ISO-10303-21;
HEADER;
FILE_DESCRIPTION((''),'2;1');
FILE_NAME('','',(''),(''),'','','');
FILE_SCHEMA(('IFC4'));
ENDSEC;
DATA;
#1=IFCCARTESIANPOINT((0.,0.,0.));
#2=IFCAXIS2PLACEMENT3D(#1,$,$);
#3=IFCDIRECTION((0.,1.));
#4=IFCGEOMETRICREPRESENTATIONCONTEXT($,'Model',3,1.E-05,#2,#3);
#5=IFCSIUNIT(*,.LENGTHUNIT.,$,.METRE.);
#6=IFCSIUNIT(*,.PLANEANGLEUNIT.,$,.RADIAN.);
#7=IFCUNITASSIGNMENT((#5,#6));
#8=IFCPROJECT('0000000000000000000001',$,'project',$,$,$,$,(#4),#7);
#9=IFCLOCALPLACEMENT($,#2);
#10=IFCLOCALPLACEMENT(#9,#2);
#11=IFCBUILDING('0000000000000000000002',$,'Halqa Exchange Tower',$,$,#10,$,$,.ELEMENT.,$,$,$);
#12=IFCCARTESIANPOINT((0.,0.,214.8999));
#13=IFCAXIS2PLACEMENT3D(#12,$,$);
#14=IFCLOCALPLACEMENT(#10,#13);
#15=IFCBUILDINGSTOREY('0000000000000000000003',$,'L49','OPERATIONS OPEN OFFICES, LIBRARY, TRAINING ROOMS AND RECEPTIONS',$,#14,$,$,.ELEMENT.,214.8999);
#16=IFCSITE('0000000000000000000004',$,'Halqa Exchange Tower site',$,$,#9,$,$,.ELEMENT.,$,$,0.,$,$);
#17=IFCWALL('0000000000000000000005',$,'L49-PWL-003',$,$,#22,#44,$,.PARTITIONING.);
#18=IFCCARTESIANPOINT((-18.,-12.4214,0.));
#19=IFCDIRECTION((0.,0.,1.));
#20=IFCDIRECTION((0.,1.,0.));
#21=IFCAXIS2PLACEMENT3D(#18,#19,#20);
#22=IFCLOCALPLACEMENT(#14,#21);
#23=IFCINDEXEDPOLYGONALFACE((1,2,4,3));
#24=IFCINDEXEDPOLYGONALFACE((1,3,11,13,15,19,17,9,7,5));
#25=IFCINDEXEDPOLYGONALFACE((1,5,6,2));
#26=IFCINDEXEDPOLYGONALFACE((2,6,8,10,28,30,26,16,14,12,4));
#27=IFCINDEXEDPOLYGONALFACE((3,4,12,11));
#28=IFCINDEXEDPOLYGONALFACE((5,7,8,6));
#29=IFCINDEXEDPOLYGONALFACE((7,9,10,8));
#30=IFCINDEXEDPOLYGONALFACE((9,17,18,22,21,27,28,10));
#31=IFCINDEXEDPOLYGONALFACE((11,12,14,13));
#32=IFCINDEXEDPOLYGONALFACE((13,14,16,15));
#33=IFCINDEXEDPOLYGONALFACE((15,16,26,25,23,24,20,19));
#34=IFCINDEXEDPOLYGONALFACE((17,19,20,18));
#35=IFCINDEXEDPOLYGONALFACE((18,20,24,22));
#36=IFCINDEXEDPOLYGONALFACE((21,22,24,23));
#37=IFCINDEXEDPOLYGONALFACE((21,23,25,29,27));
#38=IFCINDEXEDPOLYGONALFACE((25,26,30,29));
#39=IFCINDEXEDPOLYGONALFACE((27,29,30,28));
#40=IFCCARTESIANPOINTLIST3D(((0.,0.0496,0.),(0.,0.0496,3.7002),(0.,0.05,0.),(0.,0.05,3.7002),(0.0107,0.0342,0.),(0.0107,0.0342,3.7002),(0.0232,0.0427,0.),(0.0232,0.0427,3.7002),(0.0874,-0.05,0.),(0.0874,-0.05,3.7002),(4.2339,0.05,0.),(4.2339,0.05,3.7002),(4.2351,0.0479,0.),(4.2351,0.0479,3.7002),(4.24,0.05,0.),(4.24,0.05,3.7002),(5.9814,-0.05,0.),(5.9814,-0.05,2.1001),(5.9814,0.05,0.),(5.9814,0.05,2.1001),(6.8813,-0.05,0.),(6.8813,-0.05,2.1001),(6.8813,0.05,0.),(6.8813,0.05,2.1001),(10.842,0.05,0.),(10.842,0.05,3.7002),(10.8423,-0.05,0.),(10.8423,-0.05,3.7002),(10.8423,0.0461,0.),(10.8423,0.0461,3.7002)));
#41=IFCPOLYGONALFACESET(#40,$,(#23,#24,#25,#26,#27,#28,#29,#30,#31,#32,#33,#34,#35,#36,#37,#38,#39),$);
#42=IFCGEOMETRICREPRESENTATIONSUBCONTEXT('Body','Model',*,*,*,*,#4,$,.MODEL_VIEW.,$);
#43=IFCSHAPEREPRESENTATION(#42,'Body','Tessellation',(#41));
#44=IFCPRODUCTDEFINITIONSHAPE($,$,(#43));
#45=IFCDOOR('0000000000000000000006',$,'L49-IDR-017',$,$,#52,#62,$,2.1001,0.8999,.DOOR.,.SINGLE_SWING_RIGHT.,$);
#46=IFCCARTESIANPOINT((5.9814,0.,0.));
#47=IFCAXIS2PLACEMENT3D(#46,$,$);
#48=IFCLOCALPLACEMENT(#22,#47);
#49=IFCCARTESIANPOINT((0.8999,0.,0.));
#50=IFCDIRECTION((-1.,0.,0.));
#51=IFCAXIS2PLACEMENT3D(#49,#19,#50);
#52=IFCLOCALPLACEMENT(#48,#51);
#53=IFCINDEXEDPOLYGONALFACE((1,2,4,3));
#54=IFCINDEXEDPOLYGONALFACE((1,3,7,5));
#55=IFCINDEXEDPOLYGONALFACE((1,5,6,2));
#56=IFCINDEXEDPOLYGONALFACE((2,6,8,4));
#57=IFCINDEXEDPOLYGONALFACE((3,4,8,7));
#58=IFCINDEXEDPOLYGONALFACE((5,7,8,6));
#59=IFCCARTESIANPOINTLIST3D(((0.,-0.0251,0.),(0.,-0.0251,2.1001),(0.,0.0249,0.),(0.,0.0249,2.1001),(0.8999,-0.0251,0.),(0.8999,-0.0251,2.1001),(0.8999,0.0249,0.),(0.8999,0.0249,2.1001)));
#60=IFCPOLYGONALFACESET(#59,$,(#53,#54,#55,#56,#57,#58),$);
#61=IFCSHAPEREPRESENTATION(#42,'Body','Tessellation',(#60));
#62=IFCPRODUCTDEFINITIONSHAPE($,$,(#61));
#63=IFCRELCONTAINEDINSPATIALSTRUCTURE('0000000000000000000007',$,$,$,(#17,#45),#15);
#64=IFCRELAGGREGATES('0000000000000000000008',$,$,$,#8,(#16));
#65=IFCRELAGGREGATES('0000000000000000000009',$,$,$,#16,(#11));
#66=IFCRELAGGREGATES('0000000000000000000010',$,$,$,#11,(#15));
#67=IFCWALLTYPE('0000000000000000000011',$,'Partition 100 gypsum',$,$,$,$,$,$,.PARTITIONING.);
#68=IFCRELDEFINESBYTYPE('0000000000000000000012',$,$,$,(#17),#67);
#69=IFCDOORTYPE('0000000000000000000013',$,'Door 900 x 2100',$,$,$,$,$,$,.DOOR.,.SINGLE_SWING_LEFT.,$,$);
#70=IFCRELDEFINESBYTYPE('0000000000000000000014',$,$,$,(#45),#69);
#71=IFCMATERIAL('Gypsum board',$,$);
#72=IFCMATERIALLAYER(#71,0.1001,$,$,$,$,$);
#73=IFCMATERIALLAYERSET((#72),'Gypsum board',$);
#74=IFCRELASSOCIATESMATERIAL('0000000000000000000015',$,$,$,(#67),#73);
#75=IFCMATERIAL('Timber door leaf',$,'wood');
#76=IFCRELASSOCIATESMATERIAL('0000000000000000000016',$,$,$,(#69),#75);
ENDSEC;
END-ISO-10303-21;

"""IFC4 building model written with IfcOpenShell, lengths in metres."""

from ifc_helpers import new_model, si_unit, direction, frame, frame_2d, origin, place, context, subcontext, project, spatial, polyline, rectangle, outline, extrude, material, layer, layer_set, type_object, element, fill, save


model = new_model("IFC4")

# Units and contexts
model_context = context("Model", 3, precision=1e-05, world=origin(), true_north=direction((0.0, 1.0)))
body_context = subcontext(model_context, "Body", "Model", "MODEL_VIEW")
ifc_project = project(units=[si_unit("LENGTHUNIT", "METRE"), si_unit("PLANEANGLEUNIT", "RADIAN")], contexts=[model_context])

# Site, building, storey
site_placement = place(None, origin())
site = spatial("IfcSite", under=ifc_project, at=site_placement, Name="Halqa Exchange Tower site", CompositionType="ELEMENT", RefElevation=0.0)
building_placement = place(site_placement, origin())
building = spatial("IfcBuilding", under=site, at=building_placement, Name="Halqa Exchange Tower", CompositionType="ELEMENT")
storey_placement = place(building_placement, frame((0.0, 0.0, 214.8999)))
storey = spatial("IfcBuildingStorey", under=building, at=storey_placement, Name="L49", Description="OPERATIONS OPEN OFFICES, LIBRARY, TRAINING ROOMS AND RECEPTIONS", CompositionType="ELEMENT", Elevation=214.8999)

# Wall, opening, door
ifc_material_1 = material(Name="Gypsum board")
ifc_layer_1 = layer(ifc_material_1, 0.1001)
ifc_layer_set_1 = layer_set([ifc_layer_1], Name="Gypsum board")
wall_type_1 = type_object("IfcWallType", Name="Partition 100 gypsum", PredefinedType="PARTITIONING", material=ifc_layer_set_1)
wall_1_placement = place(storey_placement, frame((-18.0, -12.4214, 0.0), z_axis=(0.0, 0.0, 1.0), x_axis=(0.0, 1.0, 0.0)))
wall_1 = element("IfcWall", 1, at=wall_1_placement, inside=storey, type_object=wall_type_1, Name="L49-PWL-003", PredefinedType="PARTITIONING", context=body_context, shape_type="SweptSolid", body=[
    extrude(outline(polyline([(0.0874, -0.05), (1.77, -0.05), (3.4529, -0.05), (5.1357, -0.05), (6.8186, -0.05), (8.5015, -0.05), (8.5015, -0.05), (8.6013, -0.05), (8.6013, -0.05), (10.8423, -0.05), (10.8423, 0.0461), (10.842, 0.05), (9.1914, 0.05), (7.541, 0.05), (5.8904, 0.05), (4.24, 0.05), (4.2351, 0.0479), (4.2339, 0.05), (2.8228, 0.05), (1.4114, 0.05), (0.0, 0.05), (0.0, 0.0496), (0.0107, 0.0342), (0.0232, 0.0427), (0.0874, -0.05)])), origin(), (0.0, 0.0, 1.0), 3.7002),
])
opening_1_placement = place(wall_1_placement, frame((5.9814, 0.0, 0.0)))
opening_1 = element("IfcOpeningElement", 2, at=opening_1_placement, cuts=wall_1, PredefinedType="OPENING", context=body_context, shape_type="SweptSolid", body=[
    extrude(rectangle(XDim=0.8999, YDim=2.1001, at=frame_2d((0.45, 1.05))), frame((0.0, 0.062, 0.0), z_axis=(0.0, -1.0, 0.0), x_axis=(1.0, 0.0, 0.0)), (0.0, 0.0, 1.0), 0.124),
])
ifc_material_2 = material(Name="Timber door leaf", Category="wood")
door_type_1 = type_object("IfcDoorType", Name="Door 900 x 2100", OperationType="SINGLE_SWING_LEFT", PredefinedType="DOOR", material=ifc_material_2)
door_1_placement = place(opening_1_placement, frame((0.8999, 0.0, 0.0), z_axis=(0.0, 0.0, 1.0), x_axis=(-1.0, 0.0, 0.0)))
door_1 = element("IfcDoor", 3, at=door_1_placement, inside=storey, type_object=door_type_1, Name="L49-IDR-017", OperationType="SINGLE_SWING_RIGHT", OverallHeight=2.1001, OverallWidth=0.8999, PredefinedType="DOOR", context=body_context, shape_type="SweptSolid", body=[
    extrude(rectangle(XDim=0.8999, YDim=2.1001, at=frame_2d((0.45, 1.05))), frame((0.0, 0.0249, 0.0), z_axis=(0.0, -1.0, 0.0), x_axis=(1.0, 0.0, 0.0)), (0.0, 0.0, 1.0), 0.05),
])
fill(opening_1, door_1)

save(model, "model.ifc")
